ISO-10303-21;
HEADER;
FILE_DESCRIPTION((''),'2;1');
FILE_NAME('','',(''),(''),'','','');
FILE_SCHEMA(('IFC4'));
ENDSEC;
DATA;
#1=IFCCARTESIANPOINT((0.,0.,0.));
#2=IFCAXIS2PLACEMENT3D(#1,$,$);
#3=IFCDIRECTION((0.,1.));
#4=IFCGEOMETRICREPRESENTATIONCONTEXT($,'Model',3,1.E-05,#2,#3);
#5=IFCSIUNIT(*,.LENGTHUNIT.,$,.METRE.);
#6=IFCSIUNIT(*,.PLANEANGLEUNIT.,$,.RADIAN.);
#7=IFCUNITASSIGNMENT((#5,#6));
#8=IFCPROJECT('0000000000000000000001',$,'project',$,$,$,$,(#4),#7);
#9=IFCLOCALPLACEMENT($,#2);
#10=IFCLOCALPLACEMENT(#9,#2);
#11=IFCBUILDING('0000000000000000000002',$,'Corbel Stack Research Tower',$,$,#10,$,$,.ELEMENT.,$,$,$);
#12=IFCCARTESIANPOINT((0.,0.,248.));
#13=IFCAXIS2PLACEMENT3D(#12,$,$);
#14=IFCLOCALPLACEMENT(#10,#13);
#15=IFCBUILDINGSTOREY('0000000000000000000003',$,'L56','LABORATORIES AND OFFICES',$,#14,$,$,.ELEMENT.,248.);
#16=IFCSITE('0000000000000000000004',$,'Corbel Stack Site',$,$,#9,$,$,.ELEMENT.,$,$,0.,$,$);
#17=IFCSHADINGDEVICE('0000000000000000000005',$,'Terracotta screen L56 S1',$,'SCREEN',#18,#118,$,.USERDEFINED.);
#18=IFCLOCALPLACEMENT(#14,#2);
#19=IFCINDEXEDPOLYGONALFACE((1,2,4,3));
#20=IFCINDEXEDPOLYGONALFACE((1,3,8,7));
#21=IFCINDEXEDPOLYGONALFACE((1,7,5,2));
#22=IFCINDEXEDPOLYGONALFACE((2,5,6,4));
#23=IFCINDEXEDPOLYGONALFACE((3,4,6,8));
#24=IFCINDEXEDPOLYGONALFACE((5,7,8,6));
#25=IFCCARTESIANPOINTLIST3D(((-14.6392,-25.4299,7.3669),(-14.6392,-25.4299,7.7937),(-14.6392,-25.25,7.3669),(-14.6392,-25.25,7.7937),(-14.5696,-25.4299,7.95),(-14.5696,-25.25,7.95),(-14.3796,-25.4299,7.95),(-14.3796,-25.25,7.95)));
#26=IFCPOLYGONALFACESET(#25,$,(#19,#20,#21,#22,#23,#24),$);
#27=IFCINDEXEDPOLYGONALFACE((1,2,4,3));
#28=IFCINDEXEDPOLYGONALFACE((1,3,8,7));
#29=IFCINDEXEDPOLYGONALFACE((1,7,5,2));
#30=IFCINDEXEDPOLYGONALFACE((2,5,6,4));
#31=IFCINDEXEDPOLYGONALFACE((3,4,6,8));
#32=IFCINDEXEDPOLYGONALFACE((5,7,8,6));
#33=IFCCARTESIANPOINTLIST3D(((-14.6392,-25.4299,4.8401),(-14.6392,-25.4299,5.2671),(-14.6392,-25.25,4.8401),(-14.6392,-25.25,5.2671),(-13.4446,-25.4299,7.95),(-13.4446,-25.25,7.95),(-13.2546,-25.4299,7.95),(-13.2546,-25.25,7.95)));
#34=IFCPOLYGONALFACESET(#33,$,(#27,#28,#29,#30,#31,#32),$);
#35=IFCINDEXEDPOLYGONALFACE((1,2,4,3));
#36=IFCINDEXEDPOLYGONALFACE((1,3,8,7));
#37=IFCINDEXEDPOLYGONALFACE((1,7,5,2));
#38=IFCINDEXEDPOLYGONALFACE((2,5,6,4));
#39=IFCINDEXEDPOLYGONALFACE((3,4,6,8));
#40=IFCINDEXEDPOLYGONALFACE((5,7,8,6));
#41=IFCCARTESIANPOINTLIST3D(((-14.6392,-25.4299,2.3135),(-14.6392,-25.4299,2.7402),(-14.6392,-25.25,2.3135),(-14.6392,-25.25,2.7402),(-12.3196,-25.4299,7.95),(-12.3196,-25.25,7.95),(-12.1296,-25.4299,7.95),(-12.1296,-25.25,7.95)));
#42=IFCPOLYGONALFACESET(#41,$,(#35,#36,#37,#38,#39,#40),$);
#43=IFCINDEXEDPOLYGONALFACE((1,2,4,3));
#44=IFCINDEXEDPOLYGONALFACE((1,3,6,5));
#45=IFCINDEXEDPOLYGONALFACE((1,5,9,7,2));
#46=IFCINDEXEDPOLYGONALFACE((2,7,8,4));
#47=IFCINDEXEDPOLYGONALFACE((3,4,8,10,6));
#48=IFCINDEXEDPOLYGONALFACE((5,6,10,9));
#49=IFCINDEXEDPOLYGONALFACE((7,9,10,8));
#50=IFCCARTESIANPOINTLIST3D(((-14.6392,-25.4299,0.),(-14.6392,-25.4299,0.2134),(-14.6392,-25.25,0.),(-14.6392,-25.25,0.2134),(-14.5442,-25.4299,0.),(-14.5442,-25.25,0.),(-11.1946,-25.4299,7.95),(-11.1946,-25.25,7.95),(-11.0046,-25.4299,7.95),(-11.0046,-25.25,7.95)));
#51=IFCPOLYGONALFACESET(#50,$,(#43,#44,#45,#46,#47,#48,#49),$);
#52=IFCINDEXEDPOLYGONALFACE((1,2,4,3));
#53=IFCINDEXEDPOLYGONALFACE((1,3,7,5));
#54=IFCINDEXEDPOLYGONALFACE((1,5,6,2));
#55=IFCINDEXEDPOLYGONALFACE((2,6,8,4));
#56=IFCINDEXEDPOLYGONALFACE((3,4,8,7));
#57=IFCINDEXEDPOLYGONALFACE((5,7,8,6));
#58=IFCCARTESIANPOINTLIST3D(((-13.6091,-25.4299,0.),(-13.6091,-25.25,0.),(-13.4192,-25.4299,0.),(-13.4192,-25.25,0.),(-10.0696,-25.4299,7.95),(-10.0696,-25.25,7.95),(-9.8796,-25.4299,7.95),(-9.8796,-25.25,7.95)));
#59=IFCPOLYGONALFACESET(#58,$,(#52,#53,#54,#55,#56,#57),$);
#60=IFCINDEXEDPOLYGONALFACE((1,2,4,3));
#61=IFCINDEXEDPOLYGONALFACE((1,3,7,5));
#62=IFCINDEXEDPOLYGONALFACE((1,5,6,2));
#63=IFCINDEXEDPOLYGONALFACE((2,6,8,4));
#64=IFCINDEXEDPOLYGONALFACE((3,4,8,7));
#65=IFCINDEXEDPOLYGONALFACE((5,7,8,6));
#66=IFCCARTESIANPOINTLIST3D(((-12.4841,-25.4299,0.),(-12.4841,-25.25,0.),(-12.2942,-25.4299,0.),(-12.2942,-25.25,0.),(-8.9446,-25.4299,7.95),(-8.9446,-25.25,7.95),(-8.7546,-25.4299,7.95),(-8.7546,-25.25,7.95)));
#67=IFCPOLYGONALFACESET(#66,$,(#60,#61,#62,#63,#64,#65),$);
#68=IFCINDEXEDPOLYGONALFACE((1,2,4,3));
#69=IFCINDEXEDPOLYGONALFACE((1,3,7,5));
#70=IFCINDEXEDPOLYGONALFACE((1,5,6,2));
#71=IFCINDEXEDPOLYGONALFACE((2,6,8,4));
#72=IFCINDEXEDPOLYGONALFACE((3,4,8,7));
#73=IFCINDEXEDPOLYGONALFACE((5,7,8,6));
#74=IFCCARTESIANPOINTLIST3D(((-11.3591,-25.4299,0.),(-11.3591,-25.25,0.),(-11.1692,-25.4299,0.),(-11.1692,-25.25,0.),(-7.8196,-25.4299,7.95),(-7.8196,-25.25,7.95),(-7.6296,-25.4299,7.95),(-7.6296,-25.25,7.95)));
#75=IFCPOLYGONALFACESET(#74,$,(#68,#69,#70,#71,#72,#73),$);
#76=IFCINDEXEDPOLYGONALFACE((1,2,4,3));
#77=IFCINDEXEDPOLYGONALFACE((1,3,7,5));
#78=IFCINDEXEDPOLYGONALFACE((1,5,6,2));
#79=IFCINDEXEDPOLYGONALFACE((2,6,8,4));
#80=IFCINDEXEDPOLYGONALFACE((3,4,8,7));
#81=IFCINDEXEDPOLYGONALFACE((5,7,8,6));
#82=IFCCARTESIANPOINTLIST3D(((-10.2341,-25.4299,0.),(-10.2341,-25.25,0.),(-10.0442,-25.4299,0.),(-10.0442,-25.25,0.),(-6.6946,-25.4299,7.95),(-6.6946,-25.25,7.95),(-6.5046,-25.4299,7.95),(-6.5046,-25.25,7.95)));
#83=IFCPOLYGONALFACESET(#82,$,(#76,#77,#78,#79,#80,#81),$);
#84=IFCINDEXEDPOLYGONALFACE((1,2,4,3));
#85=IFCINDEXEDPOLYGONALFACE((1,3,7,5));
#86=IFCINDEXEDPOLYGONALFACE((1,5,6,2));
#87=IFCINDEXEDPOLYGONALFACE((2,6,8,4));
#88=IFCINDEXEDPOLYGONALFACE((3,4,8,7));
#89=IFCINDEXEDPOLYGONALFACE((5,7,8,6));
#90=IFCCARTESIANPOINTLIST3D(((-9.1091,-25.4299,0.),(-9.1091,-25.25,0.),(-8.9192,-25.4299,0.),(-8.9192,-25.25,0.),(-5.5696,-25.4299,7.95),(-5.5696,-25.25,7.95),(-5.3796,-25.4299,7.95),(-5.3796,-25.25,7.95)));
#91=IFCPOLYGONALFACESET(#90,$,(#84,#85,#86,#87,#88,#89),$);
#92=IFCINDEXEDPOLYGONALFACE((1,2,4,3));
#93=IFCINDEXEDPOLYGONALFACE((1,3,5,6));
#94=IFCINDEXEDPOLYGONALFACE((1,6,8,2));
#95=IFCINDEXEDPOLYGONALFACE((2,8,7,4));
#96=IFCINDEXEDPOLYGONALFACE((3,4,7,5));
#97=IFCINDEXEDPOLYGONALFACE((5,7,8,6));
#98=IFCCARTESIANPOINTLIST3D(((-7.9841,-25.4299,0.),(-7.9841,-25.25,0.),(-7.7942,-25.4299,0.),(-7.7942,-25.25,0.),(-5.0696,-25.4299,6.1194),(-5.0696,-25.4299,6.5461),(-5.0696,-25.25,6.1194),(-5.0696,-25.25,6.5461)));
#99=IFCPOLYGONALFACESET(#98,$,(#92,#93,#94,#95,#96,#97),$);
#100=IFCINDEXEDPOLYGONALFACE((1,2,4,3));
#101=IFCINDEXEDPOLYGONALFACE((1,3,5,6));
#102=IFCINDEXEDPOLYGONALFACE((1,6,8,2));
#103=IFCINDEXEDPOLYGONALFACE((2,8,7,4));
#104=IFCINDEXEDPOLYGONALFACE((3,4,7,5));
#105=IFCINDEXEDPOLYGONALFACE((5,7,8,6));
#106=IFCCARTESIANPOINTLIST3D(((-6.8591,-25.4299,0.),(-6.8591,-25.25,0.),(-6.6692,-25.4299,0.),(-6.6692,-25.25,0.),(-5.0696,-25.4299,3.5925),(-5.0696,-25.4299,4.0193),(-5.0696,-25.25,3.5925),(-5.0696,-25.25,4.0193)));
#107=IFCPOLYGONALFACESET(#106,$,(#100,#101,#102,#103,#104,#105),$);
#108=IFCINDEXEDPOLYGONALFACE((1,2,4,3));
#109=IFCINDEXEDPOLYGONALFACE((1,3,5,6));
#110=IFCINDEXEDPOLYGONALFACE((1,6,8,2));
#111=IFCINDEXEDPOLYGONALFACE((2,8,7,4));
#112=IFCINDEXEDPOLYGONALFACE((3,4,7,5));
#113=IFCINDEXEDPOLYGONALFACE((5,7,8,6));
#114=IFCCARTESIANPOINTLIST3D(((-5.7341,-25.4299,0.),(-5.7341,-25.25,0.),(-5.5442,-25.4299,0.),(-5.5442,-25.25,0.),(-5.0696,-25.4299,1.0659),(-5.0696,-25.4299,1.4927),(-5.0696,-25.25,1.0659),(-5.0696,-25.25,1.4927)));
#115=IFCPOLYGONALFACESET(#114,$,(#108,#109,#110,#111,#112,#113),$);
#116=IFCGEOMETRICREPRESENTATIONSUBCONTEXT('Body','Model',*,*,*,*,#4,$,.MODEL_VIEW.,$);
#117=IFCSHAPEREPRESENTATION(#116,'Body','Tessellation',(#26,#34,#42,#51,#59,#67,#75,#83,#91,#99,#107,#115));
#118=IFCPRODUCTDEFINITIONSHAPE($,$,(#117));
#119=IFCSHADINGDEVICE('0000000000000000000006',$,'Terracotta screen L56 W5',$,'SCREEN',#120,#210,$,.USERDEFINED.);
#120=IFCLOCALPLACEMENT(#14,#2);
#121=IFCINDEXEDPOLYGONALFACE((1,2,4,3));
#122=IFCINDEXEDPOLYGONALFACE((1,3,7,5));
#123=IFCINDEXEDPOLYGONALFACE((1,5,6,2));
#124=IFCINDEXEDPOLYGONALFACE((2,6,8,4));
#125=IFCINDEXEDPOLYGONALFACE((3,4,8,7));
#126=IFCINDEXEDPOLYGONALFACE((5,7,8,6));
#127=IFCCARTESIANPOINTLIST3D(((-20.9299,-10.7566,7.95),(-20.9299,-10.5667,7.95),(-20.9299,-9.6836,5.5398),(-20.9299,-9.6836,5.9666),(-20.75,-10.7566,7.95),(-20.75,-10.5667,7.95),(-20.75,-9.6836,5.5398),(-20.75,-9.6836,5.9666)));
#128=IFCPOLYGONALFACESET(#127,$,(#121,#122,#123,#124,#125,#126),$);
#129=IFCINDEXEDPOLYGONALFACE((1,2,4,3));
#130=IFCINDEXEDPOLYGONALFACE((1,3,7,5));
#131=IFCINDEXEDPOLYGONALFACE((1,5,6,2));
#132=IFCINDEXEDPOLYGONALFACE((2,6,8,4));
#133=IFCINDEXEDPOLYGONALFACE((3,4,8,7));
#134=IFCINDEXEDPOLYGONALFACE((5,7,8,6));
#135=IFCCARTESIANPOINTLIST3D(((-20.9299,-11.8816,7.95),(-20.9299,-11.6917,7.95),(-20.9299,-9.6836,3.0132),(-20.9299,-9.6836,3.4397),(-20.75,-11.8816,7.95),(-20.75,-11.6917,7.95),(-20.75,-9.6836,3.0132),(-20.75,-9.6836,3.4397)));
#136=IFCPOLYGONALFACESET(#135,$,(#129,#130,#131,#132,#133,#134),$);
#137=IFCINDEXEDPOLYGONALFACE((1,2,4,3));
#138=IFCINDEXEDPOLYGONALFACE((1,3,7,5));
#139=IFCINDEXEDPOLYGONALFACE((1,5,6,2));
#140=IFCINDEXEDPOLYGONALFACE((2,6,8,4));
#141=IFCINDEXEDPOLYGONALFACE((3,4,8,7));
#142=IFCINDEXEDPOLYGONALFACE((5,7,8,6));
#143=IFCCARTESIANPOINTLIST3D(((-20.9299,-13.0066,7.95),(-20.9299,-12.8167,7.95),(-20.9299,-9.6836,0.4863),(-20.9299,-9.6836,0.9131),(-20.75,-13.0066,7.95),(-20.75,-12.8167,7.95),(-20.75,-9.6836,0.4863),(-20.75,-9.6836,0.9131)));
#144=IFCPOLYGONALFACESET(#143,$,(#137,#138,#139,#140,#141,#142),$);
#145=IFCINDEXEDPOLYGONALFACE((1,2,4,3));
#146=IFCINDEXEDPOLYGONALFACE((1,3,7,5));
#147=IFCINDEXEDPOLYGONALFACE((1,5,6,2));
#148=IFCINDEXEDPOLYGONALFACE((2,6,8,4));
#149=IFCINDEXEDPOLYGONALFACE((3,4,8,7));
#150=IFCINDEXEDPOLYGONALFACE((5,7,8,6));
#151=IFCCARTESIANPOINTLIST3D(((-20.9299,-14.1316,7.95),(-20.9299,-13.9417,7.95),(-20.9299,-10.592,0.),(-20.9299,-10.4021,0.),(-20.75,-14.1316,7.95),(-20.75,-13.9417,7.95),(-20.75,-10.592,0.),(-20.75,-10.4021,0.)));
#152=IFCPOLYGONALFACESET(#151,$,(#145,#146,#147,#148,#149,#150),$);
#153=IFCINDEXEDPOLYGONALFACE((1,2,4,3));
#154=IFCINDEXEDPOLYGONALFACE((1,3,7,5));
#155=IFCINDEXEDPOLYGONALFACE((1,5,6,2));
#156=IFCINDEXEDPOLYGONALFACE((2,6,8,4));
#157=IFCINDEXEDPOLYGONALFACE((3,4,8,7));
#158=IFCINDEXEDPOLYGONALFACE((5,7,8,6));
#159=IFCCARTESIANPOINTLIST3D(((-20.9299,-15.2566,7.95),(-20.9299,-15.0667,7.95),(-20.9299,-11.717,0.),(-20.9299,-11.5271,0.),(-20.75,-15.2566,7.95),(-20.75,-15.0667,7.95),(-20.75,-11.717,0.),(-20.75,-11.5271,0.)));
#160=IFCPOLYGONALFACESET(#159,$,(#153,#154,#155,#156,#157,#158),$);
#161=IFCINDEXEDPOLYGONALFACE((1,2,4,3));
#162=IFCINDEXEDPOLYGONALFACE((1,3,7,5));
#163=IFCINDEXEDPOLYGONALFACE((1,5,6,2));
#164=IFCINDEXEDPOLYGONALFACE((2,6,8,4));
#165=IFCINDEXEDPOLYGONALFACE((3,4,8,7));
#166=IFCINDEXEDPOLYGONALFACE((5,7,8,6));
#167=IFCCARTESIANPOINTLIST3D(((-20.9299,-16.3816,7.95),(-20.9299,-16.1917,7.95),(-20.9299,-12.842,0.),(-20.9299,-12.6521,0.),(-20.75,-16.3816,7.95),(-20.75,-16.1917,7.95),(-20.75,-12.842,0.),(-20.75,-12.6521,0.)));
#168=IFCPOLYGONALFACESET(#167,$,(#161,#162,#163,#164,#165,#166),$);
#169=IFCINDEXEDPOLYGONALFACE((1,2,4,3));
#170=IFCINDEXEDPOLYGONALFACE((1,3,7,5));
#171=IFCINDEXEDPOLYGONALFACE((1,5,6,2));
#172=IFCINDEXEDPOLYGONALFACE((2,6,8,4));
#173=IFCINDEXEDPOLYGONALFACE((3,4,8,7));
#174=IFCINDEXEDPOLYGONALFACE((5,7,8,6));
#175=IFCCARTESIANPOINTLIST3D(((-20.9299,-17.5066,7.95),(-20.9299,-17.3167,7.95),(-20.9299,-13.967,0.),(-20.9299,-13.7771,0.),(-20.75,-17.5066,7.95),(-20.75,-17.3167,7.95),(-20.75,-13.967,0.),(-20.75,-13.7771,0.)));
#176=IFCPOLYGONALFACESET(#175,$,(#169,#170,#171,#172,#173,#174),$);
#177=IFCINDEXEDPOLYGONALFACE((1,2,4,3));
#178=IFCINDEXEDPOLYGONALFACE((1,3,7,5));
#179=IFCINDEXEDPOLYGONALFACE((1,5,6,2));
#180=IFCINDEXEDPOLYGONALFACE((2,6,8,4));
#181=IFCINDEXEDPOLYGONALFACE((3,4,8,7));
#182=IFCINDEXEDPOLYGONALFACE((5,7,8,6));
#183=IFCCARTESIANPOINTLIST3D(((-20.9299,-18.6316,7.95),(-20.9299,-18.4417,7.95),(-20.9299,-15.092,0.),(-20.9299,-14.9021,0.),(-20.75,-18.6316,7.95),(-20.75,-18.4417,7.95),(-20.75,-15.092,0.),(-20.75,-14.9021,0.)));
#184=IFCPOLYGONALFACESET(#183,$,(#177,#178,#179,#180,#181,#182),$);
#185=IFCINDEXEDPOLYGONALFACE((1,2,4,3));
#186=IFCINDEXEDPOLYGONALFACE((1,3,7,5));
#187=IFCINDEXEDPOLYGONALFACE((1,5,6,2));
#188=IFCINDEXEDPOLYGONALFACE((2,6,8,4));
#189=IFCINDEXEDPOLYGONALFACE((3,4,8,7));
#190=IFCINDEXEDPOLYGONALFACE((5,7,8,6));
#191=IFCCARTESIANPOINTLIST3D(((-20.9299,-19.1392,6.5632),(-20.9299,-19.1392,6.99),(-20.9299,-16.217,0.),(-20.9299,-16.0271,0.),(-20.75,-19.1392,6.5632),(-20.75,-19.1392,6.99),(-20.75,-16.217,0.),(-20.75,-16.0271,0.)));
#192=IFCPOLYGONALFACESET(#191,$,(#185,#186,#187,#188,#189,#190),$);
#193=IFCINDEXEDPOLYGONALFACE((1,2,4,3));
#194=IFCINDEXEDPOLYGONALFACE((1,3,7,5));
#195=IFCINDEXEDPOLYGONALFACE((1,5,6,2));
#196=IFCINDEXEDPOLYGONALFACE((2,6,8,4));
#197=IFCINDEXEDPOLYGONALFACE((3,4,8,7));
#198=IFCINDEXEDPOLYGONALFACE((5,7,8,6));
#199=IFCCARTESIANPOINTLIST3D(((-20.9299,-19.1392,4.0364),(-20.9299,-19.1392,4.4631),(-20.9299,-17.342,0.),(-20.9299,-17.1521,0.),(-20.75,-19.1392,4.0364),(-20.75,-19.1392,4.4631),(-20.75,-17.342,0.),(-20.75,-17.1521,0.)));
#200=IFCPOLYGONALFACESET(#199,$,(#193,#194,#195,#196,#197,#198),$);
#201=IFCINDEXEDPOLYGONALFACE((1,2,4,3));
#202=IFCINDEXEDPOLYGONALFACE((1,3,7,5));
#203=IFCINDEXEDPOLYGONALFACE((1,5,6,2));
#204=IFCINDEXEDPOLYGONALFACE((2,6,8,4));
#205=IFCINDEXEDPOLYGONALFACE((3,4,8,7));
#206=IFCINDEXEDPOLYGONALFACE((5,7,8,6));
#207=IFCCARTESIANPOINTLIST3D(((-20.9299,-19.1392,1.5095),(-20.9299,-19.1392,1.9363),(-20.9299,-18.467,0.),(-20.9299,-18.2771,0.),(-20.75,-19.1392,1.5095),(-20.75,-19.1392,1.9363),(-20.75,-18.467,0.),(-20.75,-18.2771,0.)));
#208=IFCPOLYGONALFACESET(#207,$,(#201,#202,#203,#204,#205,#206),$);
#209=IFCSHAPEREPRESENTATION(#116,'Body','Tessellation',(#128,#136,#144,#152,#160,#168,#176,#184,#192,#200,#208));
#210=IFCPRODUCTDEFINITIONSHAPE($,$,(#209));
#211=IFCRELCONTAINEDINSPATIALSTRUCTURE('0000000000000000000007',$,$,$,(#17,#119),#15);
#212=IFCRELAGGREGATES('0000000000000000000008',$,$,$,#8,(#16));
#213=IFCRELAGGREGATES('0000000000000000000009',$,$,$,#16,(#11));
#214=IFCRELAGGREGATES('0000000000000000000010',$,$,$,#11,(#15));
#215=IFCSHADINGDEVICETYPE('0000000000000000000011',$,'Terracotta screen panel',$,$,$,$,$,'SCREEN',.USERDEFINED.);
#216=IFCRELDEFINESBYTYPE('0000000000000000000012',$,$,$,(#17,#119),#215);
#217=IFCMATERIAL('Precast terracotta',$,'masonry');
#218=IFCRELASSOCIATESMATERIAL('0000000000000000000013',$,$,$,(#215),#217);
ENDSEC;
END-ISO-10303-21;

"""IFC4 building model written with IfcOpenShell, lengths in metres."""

from ifc_helpers import new_model, si_unit, direction, frame, origin, place, context, subcontext, project, spatial, polyline, outline, extrude, source, transform, mapped, material, type_object, element, save


model = new_model("IFC4")

# Units and contexts
model_context = context("Model", 3, precision=1e-05, world=origin(), true_north=direction((0.0, 1.0)))
body_context = subcontext(model_context, "Body", "Model", "MODEL_VIEW")
ifc_project = project(units=[si_unit("LENGTHUNIT", "METRE"), si_unit("PLANEANGLEUNIT", "RADIAN")], contexts=[model_context])

# Site, building, storey
site_placement = place(None, origin())
site = spatial("IfcSite", under=ifc_project, at=site_placement, Name="Corbel Stack Site", CompositionType="ELEMENT", RefElevation=0.0)
building_placement = place(site_placement, origin())
building = spatial("IfcBuilding", under=site, at=building_placement, Name="Corbel Stack Research Tower", CompositionType="ELEMENT")
storey_placement = place(building_placement, frame((0.0, 0.0, 248.0)))
storey = spatial("IfcBuildingStorey", under=building, at=storey_placement, Name="L56", Description="LABORATORIES AND OFFICES", CompositionType="ELEMENT", Elevation=248.0)

# Shading devices
ifc_material_1 = material(Name="Precast terracotta", Category="masonry")
shading_device_type = type_object("IfcShadingDeviceType", Name="Terracotta screen panel", ElementType="SCREEN", PredefinedType="USERDEFINED", material=ifc_material_1)
shared_shape_1 = source(origin(), body_context, "Body", "SweptSolid", [
    extrude(outline(polyline([(0.2595, 7.95), (0.0696, 7.95), (0.0, 7.7937), (0.0, 7.3669), (0.2595, 7.95)])), frame((0.0, 0.0, 0.0), z_axis=(0.0, -1.0, 0.0), x_axis=(1.0, 0.0, 0.0)), (0.0, 0.0, 1.0), 0.1799),
    extrude(outline(polyline([(1.3845, 7.95), (1.1946, 7.95), (0.0, 5.2671), (0.0, 4.8401), (1.3845, 7.95)])), frame((0.0, 0.0, 0.0), z_axis=(0.0, -1.0, 0.0), x_axis=(1.0, 0.0, 0.0)), (0.0, 0.0, 1.0), 0.1799),
    extrude(outline(polyline([(2.5095, 7.95), (2.3196, 7.95), (0.0, 2.7402), (0.0, 2.3135), (2.5095, 7.95)])), frame((0.0, 0.0, 0.0), z_axis=(0.0, -1.0, 0.0), x_axis=(1.0, 0.0, 0.0)), (0.0, 0.0, 1.0), 0.1799),
    extrude(outline(polyline([(0.095, 0.0), (3.6345, 7.95), (3.4446, 7.95), (0.0, 0.2134), (0.0, 0.0), (0.095, 0.0)])), frame((0.0, 0.0, 0.0), z_axis=(0.0, -1.0, 0.0), x_axis=(1.0, 0.0, 0.0)), (0.0, 0.0, 1.0), 0.1799),
    extrude(outline(polyline([(1.22, 0.0), (4.7595, 7.95), (4.5696, 7.95), (1.03, 0.0), (1.22, 0.0)])), frame((0.0, 0.0, 0.0), z_axis=(0.0, -1.0, 0.0), x_axis=(1.0, 0.0, 0.0)), (0.0, 0.0, 1.0), 0.1799),
    extrude(outline(polyline([(2.345, 0.0), (5.8845, 7.95), (5.6946, 7.95), (2.155, 0.0), (2.345, 0.0)])), frame((0.0, 0.0, 0.0), z_axis=(0.0, -1.0, 0.0), x_axis=(1.0, 0.0, 0.0)), (0.0, 0.0, 1.0), 0.1799),
    extrude(outline(polyline([(3.47, 0.0), (7.0095, 7.95), (6.8196, 7.95), (3.28, 0.0), (3.47, 0.0)])), frame((0.0, 0.0, 0.0), z_axis=(0.0, -1.0, 0.0), x_axis=(1.0, 0.0, 0.0)), (0.0, 0.0, 1.0), 0.1799),
    extrude(outline(polyline([(4.595, 0.0), (8.1345, 7.95), (7.9446, 7.95), (4.405, 0.0), (4.595, 0.0)])), frame((0.0, 0.0, 0.0), z_axis=(0.0, -1.0, 0.0), x_axis=(1.0, 0.0, 0.0)), (0.0, 0.0, 1.0), 0.1799),
    extrude(outline(polyline([(5.72, 0.0), (9.2595, 7.95), (9.0696, 7.95), (5.53, 0.0), (5.72, 0.0)])), frame((0.0, 0.0, 0.0), z_axis=(0.0, -1.0, 0.0), x_axis=(1.0, 0.0, 0.0)), (0.0, 0.0, 1.0), 0.1799),
    extrude(outline(polyline([(6.845, 0.0), (9.5696, 6.1194), (9.5696, 6.5461), (6.655, 0.0), (6.845, 0.0)])), frame((0.0, 0.0, 0.0), z_axis=(0.0, -1.0, 0.0), x_axis=(1.0, 0.0, 0.0)), (0.0, 0.0, 1.0), 0.1799),
    extrude(outline(polyline([(7.97, 0.0), (9.5696, 3.5925), (9.5696, 4.0193), (7.78, 0.0), (7.97, 0.0)])), frame((0.0, 0.0, 0.0), z_axis=(0.0, -1.0, 0.0), x_axis=(1.0, 0.0, 0.0)), (0.0, 0.0, 1.0), 0.1799),
    extrude(outline(polyline([(9.095, 0.0), (9.5696, 1.0659), (9.5696, 1.4927), (8.905, 0.0), (9.095, 0.0)])), frame((0.0, 0.0, 0.0), z_axis=(0.0, -1.0, 0.0), x_axis=(1.0, 0.0, 0.0)), (0.0, 0.0, 1.0), 0.1799),
])
shading_device_1_placement = place(storey_placement, frame((-14.6392, -25.25, 0.0), z_axis=(0.0, 0.0, 1.0), x_axis=(1.0, 0.0, 0.0)))
element("IfcShadingDevice", 1, at=shading_device_1_placement, inside=storey, type_object=shading_device_type, Name="Terracotta screen L56 S1", ObjectType="SCREEN", PredefinedType="USERDEFINED", context=body_context, shape_type="MappedRepresentation", body=[
    mapped(shared_shape_1, transform((0.0, 0.0, 0.0))),
])
shared_shape_2 = source(origin(), body_context, "Body", "SweptSolid", [
    extrude(outline(polyline([(1.073, 7.95), (0.8831, 7.95), (0.0, 5.9666), (0.0, 5.5398), (1.073, 7.95)])), frame((0.0, 0.0, 0.0), z_axis=(0.0, -1.0, 0.0), x_axis=(1.0, 0.0, 0.0)), (0.0, 0.0, 1.0), 0.1799),
    extrude(outline(polyline([(2.198, 7.95), (2.0081, 7.95), (0.0, 3.4397), (0.0, 3.0132), (2.198, 7.95)])), frame((0.0, 0.0, 0.0), z_axis=(0.0, -1.0, 0.0), x_axis=(1.0, 0.0, 0.0)), (0.0, 0.0, 1.0), 0.1799),
    extrude(outline(polyline([(3.323, 7.95), (3.1331, 7.95), (0.0, 0.9131), (0.0, 0.4863), (3.323, 7.95)])), frame((0.0, 0.0, 0.0), z_axis=(0.0, -1.0, 0.0), x_axis=(1.0, 0.0, 0.0)), (0.0, 0.0, 1.0), 0.1799),
    extrude(outline(polyline([(0.9084, 0.0), (4.448, 7.95), (4.2581, 7.95), (0.7185, 0.0), (0.9084, 0.0)])), frame((0.0, 0.0, 0.0), z_axis=(0.0, -1.0, 0.0), x_axis=(1.0, 0.0, 0.0)), (0.0, 0.0, 1.0), 0.1799),
    extrude(outline(polyline([(2.0334, 0.0), (5.573, 7.95), (5.3831, 7.95), (1.8435, 0.0), (2.0334, 0.0)])), frame((0.0, 0.0, 0.0), z_axis=(0.0, -1.0, 0.0), x_axis=(1.0, 0.0, 0.0)), (0.0, 0.0, 1.0), 0.1799),
    extrude(outline(polyline([(3.1584, 0.0), (6.698, 7.95), (6.5081, 7.95), (2.9685, 0.0), (3.1584, 0.0)])), frame((0.0, 0.0, 0.0), z_axis=(0.0, -1.0, 0.0), x_axis=(1.0, 0.0, 0.0)), (0.0, 0.0, 1.0), 0.1799),
    extrude(outline(polyline([(4.2834, 0.0), (7.823, 7.95), (7.6331, 7.95), (4.0935, 0.0), (4.2834, 0.0)])), frame((0.0, 0.0, 0.0), z_axis=(0.0, -1.0, 0.0), x_axis=(1.0, 0.0, 0.0)), (0.0, 0.0, 1.0), 0.1799),
    extrude(outline(polyline([(5.4084, 0.0), (8.948, 7.95), (8.7581, 7.95), (5.2185, 0.0), (5.4084, 0.0)])), frame((0.0, 0.0, 0.0), z_axis=(0.0, -1.0, 0.0), x_axis=(1.0, 0.0, 0.0)), (0.0, 0.0, 1.0), 0.1799),
    extrude(outline(polyline([(6.5334, 0.0), (9.4556, 6.5632), (9.4556, 6.99), (6.3435, 0.0), (6.5334, 0.0)])), frame((0.0, 0.0, 0.0), z_axis=(0.0, -1.0, 0.0), x_axis=(1.0, 0.0, 0.0)), (0.0, 0.0, 1.0), 0.1799),
    extrude(outline(polyline([(7.6584, 0.0), (9.4556, 4.0364), (9.4556, 4.4631), (7.4685, 0.0), (7.6584, 0.0)])), frame((0.0, 0.0, 0.0), z_axis=(0.0, -1.0, 0.0), x_axis=(1.0, 0.0, 0.0)), (0.0, 0.0, 1.0), 0.1799),
    extrude(outline(polyline([(8.7834, 0.0), (9.4556, 1.5095), (9.4556, 1.9363), (8.5935, 0.0), (8.7834, 0.0)])), frame((0.0, 0.0, 0.0), z_axis=(0.0, -1.0, 0.0), x_axis=(1.0, 0.0, 0.0)), (0.0, 0.0, 1.0), 0.1799),
])
shading_device_2_placement = place(storey_placement, frame((-20.75, -9.6836, 0.0), z_axis=(0.0, 0.0, 1.0), x_axis=(0.0, -1.0, 0.0)))
element("IfcShadingDevice", 2, at=shading_device_2_placement, inside=storey, type_object=shading_device_type, Name="Terracotta screen L56 W5", ObjectType="SCREEN", PredefinedType="USERDEFINED", context=body_context, shape_type="MappedRepresentation", body=[
    mapped(shared_shape_2, transform((0.0, 0.0, 0.0))),
])

save(model, "model.ifc")
